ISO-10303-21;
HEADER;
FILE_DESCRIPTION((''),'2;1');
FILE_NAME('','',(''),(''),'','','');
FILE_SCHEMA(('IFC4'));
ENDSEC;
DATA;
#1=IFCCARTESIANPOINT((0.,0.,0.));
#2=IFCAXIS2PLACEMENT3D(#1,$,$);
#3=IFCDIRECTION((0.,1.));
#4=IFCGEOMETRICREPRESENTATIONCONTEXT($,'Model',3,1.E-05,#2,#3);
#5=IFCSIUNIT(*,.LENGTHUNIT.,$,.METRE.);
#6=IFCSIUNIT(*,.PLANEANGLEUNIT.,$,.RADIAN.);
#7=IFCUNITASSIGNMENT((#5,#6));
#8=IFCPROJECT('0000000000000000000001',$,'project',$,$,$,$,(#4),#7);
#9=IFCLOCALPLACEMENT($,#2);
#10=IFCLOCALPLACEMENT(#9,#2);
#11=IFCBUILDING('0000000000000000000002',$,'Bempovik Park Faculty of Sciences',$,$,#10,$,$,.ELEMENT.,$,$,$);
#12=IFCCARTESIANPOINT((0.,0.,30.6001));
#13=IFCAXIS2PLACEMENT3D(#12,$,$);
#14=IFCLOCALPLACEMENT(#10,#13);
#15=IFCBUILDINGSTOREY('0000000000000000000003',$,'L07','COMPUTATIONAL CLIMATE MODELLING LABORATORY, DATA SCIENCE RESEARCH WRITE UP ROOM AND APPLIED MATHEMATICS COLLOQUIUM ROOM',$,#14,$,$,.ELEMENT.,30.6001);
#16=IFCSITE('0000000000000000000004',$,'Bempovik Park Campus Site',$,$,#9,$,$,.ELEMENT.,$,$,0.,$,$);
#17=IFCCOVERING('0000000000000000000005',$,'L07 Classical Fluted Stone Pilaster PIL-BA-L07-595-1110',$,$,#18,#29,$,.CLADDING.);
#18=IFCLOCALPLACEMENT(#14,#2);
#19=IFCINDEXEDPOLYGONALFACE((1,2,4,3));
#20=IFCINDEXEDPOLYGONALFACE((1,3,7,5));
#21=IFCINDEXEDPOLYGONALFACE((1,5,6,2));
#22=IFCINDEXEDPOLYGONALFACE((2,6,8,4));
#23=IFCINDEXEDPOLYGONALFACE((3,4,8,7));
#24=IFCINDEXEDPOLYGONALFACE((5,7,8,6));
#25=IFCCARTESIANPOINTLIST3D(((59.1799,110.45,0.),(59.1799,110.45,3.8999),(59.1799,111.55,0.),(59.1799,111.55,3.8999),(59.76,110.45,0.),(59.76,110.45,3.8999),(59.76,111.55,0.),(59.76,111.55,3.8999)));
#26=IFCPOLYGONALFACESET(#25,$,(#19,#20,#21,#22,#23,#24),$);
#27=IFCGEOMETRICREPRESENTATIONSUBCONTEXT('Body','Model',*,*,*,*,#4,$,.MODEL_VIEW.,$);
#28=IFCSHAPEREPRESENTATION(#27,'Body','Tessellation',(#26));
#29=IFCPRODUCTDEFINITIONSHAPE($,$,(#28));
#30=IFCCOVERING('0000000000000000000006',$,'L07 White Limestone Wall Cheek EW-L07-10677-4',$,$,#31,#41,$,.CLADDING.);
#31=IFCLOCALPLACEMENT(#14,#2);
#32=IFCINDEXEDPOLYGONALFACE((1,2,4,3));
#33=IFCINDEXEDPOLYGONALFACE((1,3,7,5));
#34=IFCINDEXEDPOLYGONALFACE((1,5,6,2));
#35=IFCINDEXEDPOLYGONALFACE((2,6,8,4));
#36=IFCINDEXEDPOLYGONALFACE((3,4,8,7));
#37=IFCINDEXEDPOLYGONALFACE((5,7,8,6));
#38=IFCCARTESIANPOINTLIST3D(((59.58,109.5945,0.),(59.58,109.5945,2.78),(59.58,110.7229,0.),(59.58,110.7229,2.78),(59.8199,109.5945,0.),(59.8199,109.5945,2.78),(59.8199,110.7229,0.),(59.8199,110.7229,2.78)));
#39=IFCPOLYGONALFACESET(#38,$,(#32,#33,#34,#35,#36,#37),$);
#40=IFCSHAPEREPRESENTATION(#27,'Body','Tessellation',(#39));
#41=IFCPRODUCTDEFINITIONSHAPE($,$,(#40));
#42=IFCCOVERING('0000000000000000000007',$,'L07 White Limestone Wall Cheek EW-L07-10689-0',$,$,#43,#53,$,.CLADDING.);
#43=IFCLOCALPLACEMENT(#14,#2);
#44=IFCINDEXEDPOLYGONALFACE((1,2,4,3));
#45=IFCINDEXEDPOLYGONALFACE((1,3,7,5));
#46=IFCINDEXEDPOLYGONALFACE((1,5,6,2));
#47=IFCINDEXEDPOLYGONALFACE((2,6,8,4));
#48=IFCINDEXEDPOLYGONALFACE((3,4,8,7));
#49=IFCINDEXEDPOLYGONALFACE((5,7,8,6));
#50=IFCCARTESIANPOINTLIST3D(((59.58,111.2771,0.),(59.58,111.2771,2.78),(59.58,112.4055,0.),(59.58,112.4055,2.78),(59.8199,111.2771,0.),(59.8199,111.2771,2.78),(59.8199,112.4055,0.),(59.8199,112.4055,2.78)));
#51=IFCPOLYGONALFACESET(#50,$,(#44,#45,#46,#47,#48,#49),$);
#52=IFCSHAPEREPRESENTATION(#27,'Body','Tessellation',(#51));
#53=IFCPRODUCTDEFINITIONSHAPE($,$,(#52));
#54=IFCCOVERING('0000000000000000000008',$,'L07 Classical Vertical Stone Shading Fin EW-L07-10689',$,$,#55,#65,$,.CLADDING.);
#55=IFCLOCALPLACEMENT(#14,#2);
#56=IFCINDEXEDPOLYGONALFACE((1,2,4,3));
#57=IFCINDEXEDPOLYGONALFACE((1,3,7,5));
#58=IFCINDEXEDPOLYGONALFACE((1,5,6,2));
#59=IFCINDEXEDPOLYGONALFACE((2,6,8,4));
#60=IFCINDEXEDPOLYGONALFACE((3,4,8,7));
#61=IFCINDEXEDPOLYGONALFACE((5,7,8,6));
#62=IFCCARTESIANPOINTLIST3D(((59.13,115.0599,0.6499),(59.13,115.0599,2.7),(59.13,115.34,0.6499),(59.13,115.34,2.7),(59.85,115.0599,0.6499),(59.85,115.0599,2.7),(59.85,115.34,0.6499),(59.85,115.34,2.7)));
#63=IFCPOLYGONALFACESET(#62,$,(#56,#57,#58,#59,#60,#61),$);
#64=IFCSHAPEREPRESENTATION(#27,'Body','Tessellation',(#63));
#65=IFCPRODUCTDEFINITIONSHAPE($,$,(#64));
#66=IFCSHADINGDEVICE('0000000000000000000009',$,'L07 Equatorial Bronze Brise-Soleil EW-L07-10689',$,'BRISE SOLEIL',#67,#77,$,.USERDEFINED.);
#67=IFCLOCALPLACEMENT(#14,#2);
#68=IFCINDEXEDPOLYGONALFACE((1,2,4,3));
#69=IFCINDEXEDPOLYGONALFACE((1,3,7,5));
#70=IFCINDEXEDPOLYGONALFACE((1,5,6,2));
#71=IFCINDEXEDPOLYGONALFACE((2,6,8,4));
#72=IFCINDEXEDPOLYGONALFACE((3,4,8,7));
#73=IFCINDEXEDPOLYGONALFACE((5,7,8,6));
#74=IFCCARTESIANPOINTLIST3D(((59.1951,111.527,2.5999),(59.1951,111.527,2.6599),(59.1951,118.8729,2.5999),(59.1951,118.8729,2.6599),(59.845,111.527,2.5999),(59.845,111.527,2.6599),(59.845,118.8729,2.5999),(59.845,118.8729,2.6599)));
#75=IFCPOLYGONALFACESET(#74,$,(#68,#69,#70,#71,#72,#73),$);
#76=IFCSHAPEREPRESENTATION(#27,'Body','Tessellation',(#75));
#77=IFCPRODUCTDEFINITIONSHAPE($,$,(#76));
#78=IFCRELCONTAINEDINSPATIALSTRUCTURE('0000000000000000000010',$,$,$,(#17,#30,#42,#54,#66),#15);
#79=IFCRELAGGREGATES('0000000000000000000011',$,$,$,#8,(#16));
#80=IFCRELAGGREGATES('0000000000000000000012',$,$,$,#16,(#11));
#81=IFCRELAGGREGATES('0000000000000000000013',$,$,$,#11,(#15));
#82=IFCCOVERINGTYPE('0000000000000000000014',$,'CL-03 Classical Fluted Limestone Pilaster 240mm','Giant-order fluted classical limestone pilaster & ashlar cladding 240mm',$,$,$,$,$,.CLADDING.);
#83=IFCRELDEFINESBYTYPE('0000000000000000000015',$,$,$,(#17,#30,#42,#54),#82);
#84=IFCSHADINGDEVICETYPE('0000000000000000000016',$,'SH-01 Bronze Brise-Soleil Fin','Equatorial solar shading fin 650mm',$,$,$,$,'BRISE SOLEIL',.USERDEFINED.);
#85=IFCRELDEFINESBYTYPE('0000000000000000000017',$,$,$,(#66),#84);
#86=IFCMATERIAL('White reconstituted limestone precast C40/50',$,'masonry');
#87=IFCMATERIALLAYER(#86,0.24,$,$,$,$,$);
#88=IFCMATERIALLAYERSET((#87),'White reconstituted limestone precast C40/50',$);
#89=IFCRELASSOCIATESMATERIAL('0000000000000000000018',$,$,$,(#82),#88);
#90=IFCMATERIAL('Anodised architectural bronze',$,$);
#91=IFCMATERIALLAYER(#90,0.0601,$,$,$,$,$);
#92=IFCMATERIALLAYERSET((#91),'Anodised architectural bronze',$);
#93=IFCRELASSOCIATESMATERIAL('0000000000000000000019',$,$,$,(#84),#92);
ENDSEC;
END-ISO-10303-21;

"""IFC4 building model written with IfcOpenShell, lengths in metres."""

from ifc_helpers import new_model, si_unit, direction, frame, origin, origin_2d, place, context, subcontext, project, spatial, rectangle, extrude, material, layer, layer_set, type_object, element, save


model = new_model("IFC4")

# Units and contexts
model_context = context("Model", 3, precision=1e-05, world=origin(), true_north=direction((0.0, 1.0)))
body_context = subcontext(model_context, "Body", "Model", "MODEL_VIEW")
ifc_project = project(units=[si_unit("LENGTHUNIT", "METRE"), si_unit("PLANEANGLEUNIT", "RADIAN")], contexts=[model_context])

# Site, building, storey
site_placement = place(None, origin())
site = spatial("IfcSite", under=ifc_project, at=site_placement, Name="Bempovik Park Campus Site", CompositionType="ELEMENT", RefElevation=0.0)
building_placement = place(site_placement, origin())
building = spatial("IfcBuilding", under=site, at=building_placement, Name="Bempovik Park Faculty of Sciences", CompositionType="ELEMENT")
storey_placement = place(building_placement, frame((0.0, 0.0, 30.6001)))
storey = spatial("IfcBuildingStorey", under=building, at=storey_placement, Name="L07", Description="COMPUTATIONAL CLIMATE MODELLING LABORATORY, DATA SCIENCE RESEARCH WRITE UP ROOM AND APPLIED MATHEMATICS COLLOQUIUM ROOM", CompositionType="ELEMENT", Elevation=30.6001)

# Coverings
ifc_material_1 = material(Name="White reconstituted limestone precast C40/50", Category="masonry")
ifc_layer_1 = layer(ifc_material_1, 0.24)
ifc_layer_set_1 = layer_set([ifc_layer_1], Name="White reconstituted limestone precast C40/50")
covering_type_1 = type_object("IfcCoveringType", Name="CL-03 Classical Fluted Limestone Pilaster 240mm", Description="Giant-order fluted classical limestone pilaster & ashlar cladding 240mm", PredefinedType="CLADDING", material=ifc_layer_set_1)
covering_1_placement = place(storey_placement, frame((59.47, 111.0, 0.0), z_axis=(0.0, 0.0, 1.0), x_axis=(1.0, 0.0, 0.0)))
element("IfcCovering", 1, at=covering_1_placement, inside=storey, type_object=covering_type_1, Name="L07 Classical Fluted Stone Pilaster PIL-BA-L07-595-1110", PredefinedType="CLADDING", context=body_context, shape_type="SweptSolid", body=[
    extrude(rectangle(XDim=0.5801, YDim=1.1001, at=origin_2d()), origin(), (0.0, 0.0, 1.0), 3.8999),
])
for number, where, z_axis, x_axis, name in (
    (2, (59.7, 110.1587, 0.0), (0.0, 0.0, 1.0), (1.0, 0.0, 0.0), "L07 White Limestone Wall Cheek EW-L07-10677-4"),
    (3, (59.7, 111.8413, 0.0), (0.0, 0.0, 1.0), (1.0, 0.0, 0.0), "L07 White Limestone Wall Cheek EW-L07-10689-0"),
):
    element("IfcCovering", number, at=place(storey_placement, frame(where, z_axis=z_axis, x_axis=x_axis)), inside=storey, type_object=covering_type_1, Name=name, PredefinedType="CLADDING", context=body_context, shape_type="SweptSolid", body=[
        extrude(rectangle(XDim=0.24, YDim=1.1284, at=origin_2d()), origin(), (0.0, 0.0, 1.0), 2.78),
    ])
covering_2_placement = place(storey_placement, frame((59.49, 115.2, 0.6499), z_axis=(0.0, 0.0, 1.0), x_axis=(1.0, 0.0, 0.0)))
element("IfcCovering", 4, at=covering_2_placement, inside=storey, type_object=covering_type_1, Name="L07 Classical Vertical Stone Shading Fin EW-L07-10689", PredefinedType="CLADDING", context=body_context, shape_type="SweptSolid", body=[
    extrude(rectangle(XDim=0.72, YDim=0.28, at=origin_2d()), origin(), (0.0, 0.0, 1.0), 2.05),
])

# Shading device
ifc_material_2 = material(Name="Anodised architectural bronze")
ifc_layer_2 = layer(ifc_material_2, 0.0601)
ifc_layer_set_2 = layer_set([ifc_layer_2], Name="Anodised architectural bronze")
shading_device_type = type_object("IfcShadingDeviceType", Name="SH-01 Bronze Brise-Soleil Fin", Description="Equatorial solar shading fin 650mm", ElementType="BRISE SOLEIL", PredefinedType="USERDEFINED", material=ifc_layer_set_2)
shading_device_placement = place(storey_placement, frame((59.52, 115.2, 2.5999), z_axis=(0.0, 0.0, 1.0), x_axis=(1.0, 0.0, 0.0)))
element("IfcShadingDevice", 5, at=shading_device_placement, inside=storey, type_object=shading_device_type, Name="L07 Equatorial Bronze Brise-Soleil EW-L07-10689", ObjectType="BRISE SOLEIL", PredefinedType="USERDEFINED", context=body_context, shape_type="SweptSolid", body=[
    extrude(rectangle(XDim=0.6499, YDim=7.3459, at=origin_2d()), origin(), (0.0, 0.0, 1.0), 0.0601),
])

save(model, "model.ifc")
